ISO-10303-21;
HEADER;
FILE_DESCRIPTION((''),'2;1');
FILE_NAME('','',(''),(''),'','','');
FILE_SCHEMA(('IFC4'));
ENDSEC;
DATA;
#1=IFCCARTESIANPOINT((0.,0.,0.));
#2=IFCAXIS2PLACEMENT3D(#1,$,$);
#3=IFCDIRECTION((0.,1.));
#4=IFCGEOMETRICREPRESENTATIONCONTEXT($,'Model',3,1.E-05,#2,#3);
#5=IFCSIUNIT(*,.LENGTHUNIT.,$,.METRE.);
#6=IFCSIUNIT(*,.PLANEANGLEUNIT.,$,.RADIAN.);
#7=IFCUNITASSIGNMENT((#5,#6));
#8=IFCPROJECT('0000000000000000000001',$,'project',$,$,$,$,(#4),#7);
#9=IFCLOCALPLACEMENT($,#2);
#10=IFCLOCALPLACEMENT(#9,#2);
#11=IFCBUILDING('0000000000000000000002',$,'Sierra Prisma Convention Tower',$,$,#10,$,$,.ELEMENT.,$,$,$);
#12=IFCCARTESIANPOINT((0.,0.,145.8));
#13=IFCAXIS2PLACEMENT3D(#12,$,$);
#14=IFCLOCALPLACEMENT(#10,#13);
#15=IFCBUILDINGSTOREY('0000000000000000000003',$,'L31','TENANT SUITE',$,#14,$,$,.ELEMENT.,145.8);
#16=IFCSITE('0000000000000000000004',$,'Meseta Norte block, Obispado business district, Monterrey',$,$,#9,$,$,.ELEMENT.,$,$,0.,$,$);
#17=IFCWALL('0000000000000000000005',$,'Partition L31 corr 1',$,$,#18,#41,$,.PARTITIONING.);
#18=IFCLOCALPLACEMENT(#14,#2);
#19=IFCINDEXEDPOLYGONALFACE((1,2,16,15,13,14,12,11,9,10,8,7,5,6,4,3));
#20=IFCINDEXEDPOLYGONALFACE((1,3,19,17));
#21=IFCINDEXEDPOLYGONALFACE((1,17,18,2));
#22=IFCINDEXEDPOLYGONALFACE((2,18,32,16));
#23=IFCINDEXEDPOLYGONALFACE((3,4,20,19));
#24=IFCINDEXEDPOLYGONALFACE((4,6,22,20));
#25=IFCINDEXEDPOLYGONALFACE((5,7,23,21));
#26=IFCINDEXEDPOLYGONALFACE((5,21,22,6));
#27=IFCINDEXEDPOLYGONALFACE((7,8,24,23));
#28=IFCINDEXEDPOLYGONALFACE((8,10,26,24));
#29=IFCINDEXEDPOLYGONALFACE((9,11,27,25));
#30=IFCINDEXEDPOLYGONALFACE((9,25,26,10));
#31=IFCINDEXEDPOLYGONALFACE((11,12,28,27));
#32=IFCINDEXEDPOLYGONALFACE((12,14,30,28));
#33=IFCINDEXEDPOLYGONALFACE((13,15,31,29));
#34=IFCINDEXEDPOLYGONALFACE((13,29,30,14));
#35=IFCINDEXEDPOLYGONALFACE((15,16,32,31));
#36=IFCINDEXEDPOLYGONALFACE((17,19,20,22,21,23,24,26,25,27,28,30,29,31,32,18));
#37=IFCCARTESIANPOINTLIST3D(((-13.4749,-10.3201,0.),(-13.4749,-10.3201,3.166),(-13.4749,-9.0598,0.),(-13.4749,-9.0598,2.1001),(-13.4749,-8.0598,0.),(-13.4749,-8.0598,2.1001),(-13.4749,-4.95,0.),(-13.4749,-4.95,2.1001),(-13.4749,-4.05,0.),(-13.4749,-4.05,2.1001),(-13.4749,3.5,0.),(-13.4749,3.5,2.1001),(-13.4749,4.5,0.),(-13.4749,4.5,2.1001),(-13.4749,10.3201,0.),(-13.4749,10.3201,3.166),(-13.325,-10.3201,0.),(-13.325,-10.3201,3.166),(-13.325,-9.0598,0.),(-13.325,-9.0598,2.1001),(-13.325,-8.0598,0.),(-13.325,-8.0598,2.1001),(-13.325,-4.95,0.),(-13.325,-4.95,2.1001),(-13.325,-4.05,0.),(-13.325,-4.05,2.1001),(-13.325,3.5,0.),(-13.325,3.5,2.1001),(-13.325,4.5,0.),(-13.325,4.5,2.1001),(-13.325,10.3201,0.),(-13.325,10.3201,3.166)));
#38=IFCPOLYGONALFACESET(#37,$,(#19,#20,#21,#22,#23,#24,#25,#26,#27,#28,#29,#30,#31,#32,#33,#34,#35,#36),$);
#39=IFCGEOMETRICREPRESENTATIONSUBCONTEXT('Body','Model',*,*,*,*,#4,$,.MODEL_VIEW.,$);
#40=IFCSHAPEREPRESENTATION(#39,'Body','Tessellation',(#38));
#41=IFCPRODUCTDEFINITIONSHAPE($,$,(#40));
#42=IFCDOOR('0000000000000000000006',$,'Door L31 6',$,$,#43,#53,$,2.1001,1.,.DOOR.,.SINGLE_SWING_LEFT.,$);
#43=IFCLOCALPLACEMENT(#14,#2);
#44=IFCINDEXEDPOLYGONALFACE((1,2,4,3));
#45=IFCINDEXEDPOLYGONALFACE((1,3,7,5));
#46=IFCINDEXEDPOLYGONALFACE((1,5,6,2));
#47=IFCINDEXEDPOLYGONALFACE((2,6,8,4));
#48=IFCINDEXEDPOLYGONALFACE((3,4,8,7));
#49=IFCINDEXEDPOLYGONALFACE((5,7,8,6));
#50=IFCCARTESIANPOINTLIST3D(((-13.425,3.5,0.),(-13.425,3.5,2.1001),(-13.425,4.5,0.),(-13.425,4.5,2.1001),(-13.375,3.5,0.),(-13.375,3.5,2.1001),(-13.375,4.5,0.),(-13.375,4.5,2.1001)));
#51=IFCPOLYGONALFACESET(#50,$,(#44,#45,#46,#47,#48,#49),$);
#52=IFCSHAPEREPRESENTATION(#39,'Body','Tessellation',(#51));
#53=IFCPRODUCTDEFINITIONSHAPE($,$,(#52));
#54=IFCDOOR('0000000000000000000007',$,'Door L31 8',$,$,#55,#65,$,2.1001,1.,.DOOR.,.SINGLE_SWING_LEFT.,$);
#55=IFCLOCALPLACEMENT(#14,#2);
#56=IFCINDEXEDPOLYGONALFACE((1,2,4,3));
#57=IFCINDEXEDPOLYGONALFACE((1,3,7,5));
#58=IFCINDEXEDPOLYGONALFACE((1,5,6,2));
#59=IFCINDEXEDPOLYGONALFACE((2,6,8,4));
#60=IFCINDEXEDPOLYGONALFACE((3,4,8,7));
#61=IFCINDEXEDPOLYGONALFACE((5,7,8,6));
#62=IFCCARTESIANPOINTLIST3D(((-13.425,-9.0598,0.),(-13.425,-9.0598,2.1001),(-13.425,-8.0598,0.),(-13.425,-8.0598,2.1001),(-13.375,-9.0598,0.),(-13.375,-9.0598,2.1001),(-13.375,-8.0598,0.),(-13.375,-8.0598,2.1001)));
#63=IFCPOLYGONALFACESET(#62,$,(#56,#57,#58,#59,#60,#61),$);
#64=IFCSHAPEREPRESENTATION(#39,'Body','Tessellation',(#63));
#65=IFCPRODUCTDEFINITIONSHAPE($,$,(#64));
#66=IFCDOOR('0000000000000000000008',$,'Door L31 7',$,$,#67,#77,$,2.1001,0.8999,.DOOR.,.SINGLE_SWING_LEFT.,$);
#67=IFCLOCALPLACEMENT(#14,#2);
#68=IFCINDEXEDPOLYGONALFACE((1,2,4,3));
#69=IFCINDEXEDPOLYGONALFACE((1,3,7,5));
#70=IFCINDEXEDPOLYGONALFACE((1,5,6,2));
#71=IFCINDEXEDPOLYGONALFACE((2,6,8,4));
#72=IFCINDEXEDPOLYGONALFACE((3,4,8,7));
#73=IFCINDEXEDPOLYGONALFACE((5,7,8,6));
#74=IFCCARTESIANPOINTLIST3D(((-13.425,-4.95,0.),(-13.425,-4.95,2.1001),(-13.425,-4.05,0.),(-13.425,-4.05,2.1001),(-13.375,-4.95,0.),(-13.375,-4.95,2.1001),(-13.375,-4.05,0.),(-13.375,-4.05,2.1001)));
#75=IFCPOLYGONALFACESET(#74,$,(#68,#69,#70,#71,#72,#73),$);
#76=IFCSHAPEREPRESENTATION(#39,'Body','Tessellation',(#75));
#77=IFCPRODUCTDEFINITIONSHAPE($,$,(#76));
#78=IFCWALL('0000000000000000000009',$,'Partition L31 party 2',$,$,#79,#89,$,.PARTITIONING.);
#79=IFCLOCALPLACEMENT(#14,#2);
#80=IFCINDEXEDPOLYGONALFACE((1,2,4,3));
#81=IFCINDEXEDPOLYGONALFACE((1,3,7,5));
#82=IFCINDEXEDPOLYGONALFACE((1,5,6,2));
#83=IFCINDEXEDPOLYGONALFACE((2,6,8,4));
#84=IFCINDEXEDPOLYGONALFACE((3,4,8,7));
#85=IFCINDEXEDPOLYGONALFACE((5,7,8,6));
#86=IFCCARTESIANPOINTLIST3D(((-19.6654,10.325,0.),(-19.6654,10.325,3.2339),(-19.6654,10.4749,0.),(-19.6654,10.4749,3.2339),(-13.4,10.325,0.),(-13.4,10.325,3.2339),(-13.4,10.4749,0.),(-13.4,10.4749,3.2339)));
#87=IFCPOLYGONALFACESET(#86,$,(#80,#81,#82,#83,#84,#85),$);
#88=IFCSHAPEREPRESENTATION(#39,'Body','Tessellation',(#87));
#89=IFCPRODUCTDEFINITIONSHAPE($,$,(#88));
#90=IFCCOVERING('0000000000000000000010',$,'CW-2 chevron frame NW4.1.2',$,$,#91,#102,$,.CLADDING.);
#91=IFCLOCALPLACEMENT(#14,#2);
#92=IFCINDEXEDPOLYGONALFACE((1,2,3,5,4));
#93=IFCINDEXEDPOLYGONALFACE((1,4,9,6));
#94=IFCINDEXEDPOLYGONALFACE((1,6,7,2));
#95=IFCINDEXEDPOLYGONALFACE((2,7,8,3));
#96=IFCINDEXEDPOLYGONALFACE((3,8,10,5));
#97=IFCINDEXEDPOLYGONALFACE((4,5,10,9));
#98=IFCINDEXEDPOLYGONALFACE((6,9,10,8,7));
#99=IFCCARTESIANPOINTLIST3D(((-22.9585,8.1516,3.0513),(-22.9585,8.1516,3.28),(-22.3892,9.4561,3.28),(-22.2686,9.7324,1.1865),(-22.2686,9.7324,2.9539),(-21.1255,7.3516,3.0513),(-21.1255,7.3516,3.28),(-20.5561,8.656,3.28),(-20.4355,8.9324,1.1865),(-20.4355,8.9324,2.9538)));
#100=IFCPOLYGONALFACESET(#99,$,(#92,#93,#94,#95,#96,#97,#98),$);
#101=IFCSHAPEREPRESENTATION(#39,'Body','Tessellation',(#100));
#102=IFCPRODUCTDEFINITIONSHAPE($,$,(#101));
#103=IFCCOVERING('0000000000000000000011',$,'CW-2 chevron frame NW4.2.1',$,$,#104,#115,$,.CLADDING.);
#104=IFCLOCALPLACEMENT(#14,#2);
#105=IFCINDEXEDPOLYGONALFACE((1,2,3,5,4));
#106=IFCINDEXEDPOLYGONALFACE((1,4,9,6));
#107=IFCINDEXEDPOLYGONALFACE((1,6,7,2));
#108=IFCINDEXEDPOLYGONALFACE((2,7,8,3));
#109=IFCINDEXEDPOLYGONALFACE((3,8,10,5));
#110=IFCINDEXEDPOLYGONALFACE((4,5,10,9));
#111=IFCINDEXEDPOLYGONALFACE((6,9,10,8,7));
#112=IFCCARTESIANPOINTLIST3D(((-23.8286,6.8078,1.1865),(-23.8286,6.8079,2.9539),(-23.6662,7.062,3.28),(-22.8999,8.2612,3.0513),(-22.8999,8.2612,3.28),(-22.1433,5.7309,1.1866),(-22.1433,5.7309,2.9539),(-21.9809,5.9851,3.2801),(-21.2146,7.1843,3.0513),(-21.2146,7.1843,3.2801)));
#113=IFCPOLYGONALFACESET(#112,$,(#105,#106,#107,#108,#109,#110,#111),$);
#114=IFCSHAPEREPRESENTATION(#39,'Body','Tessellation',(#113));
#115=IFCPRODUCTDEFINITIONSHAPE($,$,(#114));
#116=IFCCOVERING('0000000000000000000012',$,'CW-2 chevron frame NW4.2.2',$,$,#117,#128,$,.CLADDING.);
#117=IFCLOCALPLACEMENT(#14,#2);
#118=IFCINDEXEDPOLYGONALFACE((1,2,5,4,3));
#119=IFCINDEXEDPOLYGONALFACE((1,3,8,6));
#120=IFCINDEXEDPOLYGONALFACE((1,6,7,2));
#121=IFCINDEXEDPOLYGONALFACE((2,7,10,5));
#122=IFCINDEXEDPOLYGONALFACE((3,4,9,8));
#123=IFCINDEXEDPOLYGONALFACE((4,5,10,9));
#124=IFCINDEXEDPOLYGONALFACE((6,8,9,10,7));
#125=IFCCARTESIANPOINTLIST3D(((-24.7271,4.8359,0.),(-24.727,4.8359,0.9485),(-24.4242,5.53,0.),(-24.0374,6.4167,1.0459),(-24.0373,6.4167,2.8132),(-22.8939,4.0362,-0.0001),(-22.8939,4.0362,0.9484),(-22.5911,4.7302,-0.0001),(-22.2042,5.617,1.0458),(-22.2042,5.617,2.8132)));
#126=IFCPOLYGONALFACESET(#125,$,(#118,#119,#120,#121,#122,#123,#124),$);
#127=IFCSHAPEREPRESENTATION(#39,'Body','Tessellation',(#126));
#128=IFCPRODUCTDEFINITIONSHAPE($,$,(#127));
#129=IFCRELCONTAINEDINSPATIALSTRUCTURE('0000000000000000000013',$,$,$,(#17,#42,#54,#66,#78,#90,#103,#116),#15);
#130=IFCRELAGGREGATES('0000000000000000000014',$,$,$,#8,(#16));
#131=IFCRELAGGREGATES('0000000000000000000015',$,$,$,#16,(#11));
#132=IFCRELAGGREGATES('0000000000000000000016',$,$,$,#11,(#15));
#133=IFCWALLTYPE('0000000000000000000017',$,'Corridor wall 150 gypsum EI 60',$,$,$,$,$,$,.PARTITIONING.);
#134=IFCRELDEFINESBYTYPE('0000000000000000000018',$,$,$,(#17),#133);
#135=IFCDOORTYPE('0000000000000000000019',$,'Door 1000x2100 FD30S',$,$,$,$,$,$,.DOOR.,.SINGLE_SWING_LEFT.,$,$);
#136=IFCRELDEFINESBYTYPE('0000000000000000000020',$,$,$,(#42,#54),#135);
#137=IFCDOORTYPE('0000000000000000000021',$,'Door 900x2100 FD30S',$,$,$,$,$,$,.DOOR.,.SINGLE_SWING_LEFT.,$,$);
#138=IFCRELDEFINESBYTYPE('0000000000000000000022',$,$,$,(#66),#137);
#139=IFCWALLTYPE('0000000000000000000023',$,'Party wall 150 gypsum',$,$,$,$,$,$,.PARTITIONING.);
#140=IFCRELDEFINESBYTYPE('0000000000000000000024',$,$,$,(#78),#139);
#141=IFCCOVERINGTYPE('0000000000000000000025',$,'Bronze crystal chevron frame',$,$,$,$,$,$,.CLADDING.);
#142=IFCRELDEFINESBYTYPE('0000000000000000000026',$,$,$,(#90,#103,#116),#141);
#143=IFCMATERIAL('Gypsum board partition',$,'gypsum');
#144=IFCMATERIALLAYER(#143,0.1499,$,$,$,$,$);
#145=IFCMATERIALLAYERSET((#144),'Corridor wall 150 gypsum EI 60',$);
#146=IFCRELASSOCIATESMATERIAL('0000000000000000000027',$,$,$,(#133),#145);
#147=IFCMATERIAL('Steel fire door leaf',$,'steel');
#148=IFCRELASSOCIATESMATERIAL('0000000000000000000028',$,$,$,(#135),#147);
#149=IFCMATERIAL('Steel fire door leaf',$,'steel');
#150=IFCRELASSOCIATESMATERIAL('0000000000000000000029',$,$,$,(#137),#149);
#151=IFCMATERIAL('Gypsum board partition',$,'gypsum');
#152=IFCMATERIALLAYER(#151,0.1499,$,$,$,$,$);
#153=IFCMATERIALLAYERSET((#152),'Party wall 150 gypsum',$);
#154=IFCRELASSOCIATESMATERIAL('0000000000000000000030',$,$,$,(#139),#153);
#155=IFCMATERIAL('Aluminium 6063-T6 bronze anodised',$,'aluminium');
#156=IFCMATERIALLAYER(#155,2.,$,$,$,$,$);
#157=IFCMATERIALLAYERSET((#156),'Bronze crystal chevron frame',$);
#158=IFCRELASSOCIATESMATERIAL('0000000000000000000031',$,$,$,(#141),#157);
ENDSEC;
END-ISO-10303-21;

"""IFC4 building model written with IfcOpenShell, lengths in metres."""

from ifc_helpers import new_model, si_unit, direction, frame, frame_2d, origin, place, context, subcontext, project, spatial, polyline, rectangle, outline, extrude, material, layer, layer_set, type_object, element, fill, save


model = new_model("IFC4")

# Units and contexts
model_context = context("Model", 3, precision=1e-05, world=origin(), true_north=direction((0.0, 1.0)))
body_context = subcontext(model_context, "Body", "Model", "MODEL_VIEW")
ifc_project = project(units=[si_unit("LENGTHUNIT", "METRE"), si_unit("PLANEANGLEUNIT", "RADIAN")], contexts=[model_context])

# Site, building, storey
site_placement = place(None, origin())
site = spatial("IfcSite", under=ifc_project, at=site_placement, Name="Meseta Norte block, Obispado business district, Monterrey", CompositionType="ELEMENT", RefElevation=0.0)
building_placement = place(site_placement, origin())
building = spatial("IfcBuilding", under=site, at=building_placement, Name="Sierra Prisma Convention Tower", CompositionType="ELEMENT")
storey_placement = place(building_placement, frame((0.0, 0.0, 145.8)))
storey = spatial("IfcBuildingStorey", under=building, at=storey_placement, Name="L31", Description="TENANT SUITE", CompositionType="ELEMENT", Elevation=145.8)

# Wall, openings, doors
ifc_material_1 = material(Name="Gypsum board partition", Category="gypsum")
ifc_layer_1 = layer(ifc_material_1, 0.1499)
ifc_layer_set_1 = layer_set([ifc_layer_1], Name="Corridor wall 150 gypsum EI 60")
wall_type_1 = type_object("IfcWallType", Name="Corridor wall 150 gypsum EI 60", PredefinedType="PARTITIONING", material=ifc_layer_set_1)
wall_1_placement = place(storey_placement, frame((-13.3999, 10.3201, 0.0), z_axis=(0.0, 0.0, 1.0), x_axis=(0.0, -1.0, 0.0)))
wall_1 = element("IfcWall", 1, at=wall_1_placement, inside=storey, type_object=wall_type_1, Name="Partition L31 corr 1", PredefinedType="PARTITIONING", context=body_context, shape_type="SweptSolid", body=[
    extrude(rectangle(XDim=20.6401, YDim=0.1499, at=frame_2d((10.3201, 0.0))), origin(), (0.0, 0.0, 1.0), 3.166),
])
opening_1_placement = place(wall_1_placement, frame((5.8201, 0.0, 0.0)))
opening_1 = element("IfcOpeningElement", 2, at=opening_1_placement, cuts=wall_1, PredefinedType="OPENING", context=body_context, shape_type="SweptSolid", body=[
    extrude(rectangle(XDim=1.0, YDim=2.1001, at=frame_2d((0.5, 1.05))), frame((0.0, 0.075, 0.0), z_axis=(0.0, -1.0, 0.0), x_axis=(1.0, 0.0, 0.0)), (0.0, 0.0, 1.0), 0.1499),
])
opening_2_placement = place(wall_1_placement, frame((14.3701, 0.0, 0.0)))
opening_2 = element("IfcOpeningElement", 3, at=opening_2_placement, cuts=wall_1, PredefinedType="OPENING", context=body_context, shape_type="SweptSolid", body=[
    extrude(rectangle(XDim=0.8999, YDim=2.1001, at=frame_2d((0.45, 1.05))), frame((0.0, 0.075, 0.0), z_axis=(0.0, -1.0, 0.0), x_axis=(1.0, 0.0, 0.0)), (0.0, 0.0, 1.0), 0.1499),
])
opening_3_placement = place(wall_1_placement, frame((18.3799, 0.0, 0.0)))
opening_3 = element("IfcOpeningElement", 4, at=opening_3_placement, cuts=wall_1, PredefinedType="OPENING", context=body_context, shape_type="SweptSolid", body=[
    extrude(rectangle(XDim=1.0, YDim=2.1001, at=frame_2d((0.5, 1.05))), frame((0.0, 0.075, 0.0), z_axis=(0.0, -1.0, 0.0), x_axis=(1.0, 0.0, 0.0)), (0.0, 0.0, 1.0), 0.1499),
])
ifc_material_2 = material(Name="Steel fire door leaf", Category="steel")
door_type_1 = type_object("IfcDoorType", Name="Door 1000x2100 FD30S", OperationType="SINGLE_SWING_LEFT", PredefinedType="DOOR", material=ifc_material_2)
door_1_placement = place(opening_1_placement, origin())
door_1 = element("IfcDoor", 5, at=door_1_placement, inside=storey, type_object=door_type_1, Name="Door L31 6", OperationType="SINGLE_SWING_LEFT", OverallHeight=2.1001, OverallWidth=1.0, PredefinedType="DOOR", context=body_context, shape_type="SweptSolid", body=[
    extrude(rectangle(XDim=1.0, YDim=2.1001, at=frame_2d((0.5, 1.05))), frame((0.0, 0.0249, 0.0), z_axis=(0.0, -1.0, 0.0), x_axis=(1.0, 0.0, 0.0)), (0.0, 0.0, 1.0), 0.05),
])
fill(opening_1, door_1)
door_2_placement = place(opening_3_placement, origin())
door_2 = element("IfcDoor", 6, at=door_2_placement, inside=storey, type_object=door_type_1, Name="Door L31 8", OperationType="SINGLE_SWING_LEFT", OverallHeight=2.1001, OverallWidth=1.0, PredefinedType="DOOR", context=body_context, shape_type="SweptSolid", body=[
    extrude(rectangle(XDim=1.0, YDim=2.1001, at=frame_2d((0.5, 1.05))), frame((0.0, 0.0249, 0.0), z_axis=(0.0, -1.0, 0.0), x_axis=(1.0, 0.0, 0.0)), (0.0, 0.0, 1.0), 0.05),
])
fill(opening_3, door_2)
ifc_material_3 = material(Name="Steel fire door leaf", Category="steel")
door_type_2 = type_object("IfcDoorType", Name="Door 900x2100 FD30S", OperationType="SINGLE_SWING_LEFT", PredefinedType="DOOR", material=ifc_material_3)
door_3_placement = place(opening_2_placement, origin())
door_3 = element("IfcDoor", 7, at=door_3_placement, inside=storey, type_object=door_type_2, Name="Door L31 7", OperationType="SINGLE_SWING_LEFT", OverallHeight=2.1001, OverallWidth=0.8999, PredefinedType="DOOR", context=body_context, shape_type="SweptSolid", body=[
    extrude(rectangle(XDim=0.8999, YDim=2.1001, at=frame_2d((0.45, 1.05))), frame((0.0, 0.0249, 0.0), z_axis=(0.0, -1.0, 0.0), x_axis=(1.0, 0.0, 0.0)), (0.0, 0.0, 1.0), 0.05),
])
fill(opening_2, door_3)

# Wall
ifc_material_4 = material(Name="Gypsum board partition", Category="gypsum")
ifc_layer_2 = layer(ifc_material_4, 0.1499)
ifc_layer_set_2 = layer_set([ifc_layer_2], Name="Party wall 150 gypsum")
wall_type_2 = type_object("IfcWallType", Name="Party wall 150 gypsum", PredefinedType="PARTITIONING", material=ifc_layer_set_2)
wall_2_placement = place(storey_placement, frame((-13.3999, 10.3999, 0.0), z_axis=(0.0, 0.0, 1.0), x_axis=(-1.0, 0.0, 0.0)))
element("IfcWall", 8, at=wall_2_placement, inside=storey, type_object=wall_type_2, Name="Partition L31 party 2", PredefinedType="PARTITIONING", context=body_context, shape_type="SweptSolid", body=[
    extrude(rectangle(XDim=6.2654, YDim=0.1499, at=frame_2d((3.1328, 0.0))), origin(), (0.0, 0.0, 1.0), 3.2339),
])

# Coverings
ifc_material_5 = material(Name="Aluminium 6063-T6 bronze anodised", Category="aluminium")
ifc_layer_3 = layer(ifc_material_5, 2.0)
ifc_layer_set_3 = layer_set([ifc_layer_3], Name="Bronze crystal chevron frame")
covering_type = type_object("IfcCoveringType", Name="Bronze crystal chevron frame", PredefinedType="CLADDING", material=ifc_layer_set_3)
covering_1_placement = place(storey_placement, frame((-22.2686, 9.7324, 2.9539), z_axis=(-0.916511, 0.40001, 0.000006), x_axis=(-0.000005, 0.000002, -1.0)))
element("IfcCovering", 9, at=covering_1_placement, inside=storey, type_object=covering_type, Name="CW-2 chevron frame NW4.1.2", PredefinedType="CLADDING", context=body_context, shape_type="SweptSolid", body=[
    extrude(outline(polyline([(0.0, 0.0), (1.7673, 0.0), (-0.0974, 1.7248), (-0.3262, 1.7248), (-0.3262, 0.3015), (0.0, 0.0)])), origin(), (0.0, 0.0, -1.0), 2.0),
])
covering_2_placement = place(storey_placement, frame((-22.8999, 8.2612, 3.28), z_axis=(-0.84265, 0.538462, -0.000019), x_axis=(0.000016, -0.00001, -1.0)))
element("IfcCovering", 10, at=covering_2_placement, inside=storey, type_object=covering_type, Name="CW-2 chevron frame NW4.2.1", PredefinedType="CLADDING", context=body_context, shape_type="SweptSolid", body=[
    extrude(outline(polyline([(0.0, 0.0), (0.2288, 0.0), (2.0935, 1.7248), (0.3262, 1.7248), (0.0, 1.4232), (0.0, 0.0)])), origin(), (0.0, 0.0, -1.0), 2.0),
])
covering_3_placement = place(storey_placement, frame((-24.7271, 4.8359, 0.0), z_axis=(-0.916569, 0.399875, 0.000027), x_axis=(0.000025, -0.000011, 1.0)))
element("IfcCovering", 11, at=covering_3_placement, inside=storey, type_object=covering_type, Name="CW-2 chevron frame NW4.2.2", PredefinedType="CLADDING", context=body_context, shape_type="SweptSolid", body=[
    extrude(outline(polyline([(0.0, 0.0), (0.9485, 0.0), (2.8132, 1.7247), (1.0459, 1.7247), (0.0, 0.7572), (0.0, 0.0)])), origin(), (0.0, 0.0, -1.0), 2.0),
])

save(model, "model.ifc")
